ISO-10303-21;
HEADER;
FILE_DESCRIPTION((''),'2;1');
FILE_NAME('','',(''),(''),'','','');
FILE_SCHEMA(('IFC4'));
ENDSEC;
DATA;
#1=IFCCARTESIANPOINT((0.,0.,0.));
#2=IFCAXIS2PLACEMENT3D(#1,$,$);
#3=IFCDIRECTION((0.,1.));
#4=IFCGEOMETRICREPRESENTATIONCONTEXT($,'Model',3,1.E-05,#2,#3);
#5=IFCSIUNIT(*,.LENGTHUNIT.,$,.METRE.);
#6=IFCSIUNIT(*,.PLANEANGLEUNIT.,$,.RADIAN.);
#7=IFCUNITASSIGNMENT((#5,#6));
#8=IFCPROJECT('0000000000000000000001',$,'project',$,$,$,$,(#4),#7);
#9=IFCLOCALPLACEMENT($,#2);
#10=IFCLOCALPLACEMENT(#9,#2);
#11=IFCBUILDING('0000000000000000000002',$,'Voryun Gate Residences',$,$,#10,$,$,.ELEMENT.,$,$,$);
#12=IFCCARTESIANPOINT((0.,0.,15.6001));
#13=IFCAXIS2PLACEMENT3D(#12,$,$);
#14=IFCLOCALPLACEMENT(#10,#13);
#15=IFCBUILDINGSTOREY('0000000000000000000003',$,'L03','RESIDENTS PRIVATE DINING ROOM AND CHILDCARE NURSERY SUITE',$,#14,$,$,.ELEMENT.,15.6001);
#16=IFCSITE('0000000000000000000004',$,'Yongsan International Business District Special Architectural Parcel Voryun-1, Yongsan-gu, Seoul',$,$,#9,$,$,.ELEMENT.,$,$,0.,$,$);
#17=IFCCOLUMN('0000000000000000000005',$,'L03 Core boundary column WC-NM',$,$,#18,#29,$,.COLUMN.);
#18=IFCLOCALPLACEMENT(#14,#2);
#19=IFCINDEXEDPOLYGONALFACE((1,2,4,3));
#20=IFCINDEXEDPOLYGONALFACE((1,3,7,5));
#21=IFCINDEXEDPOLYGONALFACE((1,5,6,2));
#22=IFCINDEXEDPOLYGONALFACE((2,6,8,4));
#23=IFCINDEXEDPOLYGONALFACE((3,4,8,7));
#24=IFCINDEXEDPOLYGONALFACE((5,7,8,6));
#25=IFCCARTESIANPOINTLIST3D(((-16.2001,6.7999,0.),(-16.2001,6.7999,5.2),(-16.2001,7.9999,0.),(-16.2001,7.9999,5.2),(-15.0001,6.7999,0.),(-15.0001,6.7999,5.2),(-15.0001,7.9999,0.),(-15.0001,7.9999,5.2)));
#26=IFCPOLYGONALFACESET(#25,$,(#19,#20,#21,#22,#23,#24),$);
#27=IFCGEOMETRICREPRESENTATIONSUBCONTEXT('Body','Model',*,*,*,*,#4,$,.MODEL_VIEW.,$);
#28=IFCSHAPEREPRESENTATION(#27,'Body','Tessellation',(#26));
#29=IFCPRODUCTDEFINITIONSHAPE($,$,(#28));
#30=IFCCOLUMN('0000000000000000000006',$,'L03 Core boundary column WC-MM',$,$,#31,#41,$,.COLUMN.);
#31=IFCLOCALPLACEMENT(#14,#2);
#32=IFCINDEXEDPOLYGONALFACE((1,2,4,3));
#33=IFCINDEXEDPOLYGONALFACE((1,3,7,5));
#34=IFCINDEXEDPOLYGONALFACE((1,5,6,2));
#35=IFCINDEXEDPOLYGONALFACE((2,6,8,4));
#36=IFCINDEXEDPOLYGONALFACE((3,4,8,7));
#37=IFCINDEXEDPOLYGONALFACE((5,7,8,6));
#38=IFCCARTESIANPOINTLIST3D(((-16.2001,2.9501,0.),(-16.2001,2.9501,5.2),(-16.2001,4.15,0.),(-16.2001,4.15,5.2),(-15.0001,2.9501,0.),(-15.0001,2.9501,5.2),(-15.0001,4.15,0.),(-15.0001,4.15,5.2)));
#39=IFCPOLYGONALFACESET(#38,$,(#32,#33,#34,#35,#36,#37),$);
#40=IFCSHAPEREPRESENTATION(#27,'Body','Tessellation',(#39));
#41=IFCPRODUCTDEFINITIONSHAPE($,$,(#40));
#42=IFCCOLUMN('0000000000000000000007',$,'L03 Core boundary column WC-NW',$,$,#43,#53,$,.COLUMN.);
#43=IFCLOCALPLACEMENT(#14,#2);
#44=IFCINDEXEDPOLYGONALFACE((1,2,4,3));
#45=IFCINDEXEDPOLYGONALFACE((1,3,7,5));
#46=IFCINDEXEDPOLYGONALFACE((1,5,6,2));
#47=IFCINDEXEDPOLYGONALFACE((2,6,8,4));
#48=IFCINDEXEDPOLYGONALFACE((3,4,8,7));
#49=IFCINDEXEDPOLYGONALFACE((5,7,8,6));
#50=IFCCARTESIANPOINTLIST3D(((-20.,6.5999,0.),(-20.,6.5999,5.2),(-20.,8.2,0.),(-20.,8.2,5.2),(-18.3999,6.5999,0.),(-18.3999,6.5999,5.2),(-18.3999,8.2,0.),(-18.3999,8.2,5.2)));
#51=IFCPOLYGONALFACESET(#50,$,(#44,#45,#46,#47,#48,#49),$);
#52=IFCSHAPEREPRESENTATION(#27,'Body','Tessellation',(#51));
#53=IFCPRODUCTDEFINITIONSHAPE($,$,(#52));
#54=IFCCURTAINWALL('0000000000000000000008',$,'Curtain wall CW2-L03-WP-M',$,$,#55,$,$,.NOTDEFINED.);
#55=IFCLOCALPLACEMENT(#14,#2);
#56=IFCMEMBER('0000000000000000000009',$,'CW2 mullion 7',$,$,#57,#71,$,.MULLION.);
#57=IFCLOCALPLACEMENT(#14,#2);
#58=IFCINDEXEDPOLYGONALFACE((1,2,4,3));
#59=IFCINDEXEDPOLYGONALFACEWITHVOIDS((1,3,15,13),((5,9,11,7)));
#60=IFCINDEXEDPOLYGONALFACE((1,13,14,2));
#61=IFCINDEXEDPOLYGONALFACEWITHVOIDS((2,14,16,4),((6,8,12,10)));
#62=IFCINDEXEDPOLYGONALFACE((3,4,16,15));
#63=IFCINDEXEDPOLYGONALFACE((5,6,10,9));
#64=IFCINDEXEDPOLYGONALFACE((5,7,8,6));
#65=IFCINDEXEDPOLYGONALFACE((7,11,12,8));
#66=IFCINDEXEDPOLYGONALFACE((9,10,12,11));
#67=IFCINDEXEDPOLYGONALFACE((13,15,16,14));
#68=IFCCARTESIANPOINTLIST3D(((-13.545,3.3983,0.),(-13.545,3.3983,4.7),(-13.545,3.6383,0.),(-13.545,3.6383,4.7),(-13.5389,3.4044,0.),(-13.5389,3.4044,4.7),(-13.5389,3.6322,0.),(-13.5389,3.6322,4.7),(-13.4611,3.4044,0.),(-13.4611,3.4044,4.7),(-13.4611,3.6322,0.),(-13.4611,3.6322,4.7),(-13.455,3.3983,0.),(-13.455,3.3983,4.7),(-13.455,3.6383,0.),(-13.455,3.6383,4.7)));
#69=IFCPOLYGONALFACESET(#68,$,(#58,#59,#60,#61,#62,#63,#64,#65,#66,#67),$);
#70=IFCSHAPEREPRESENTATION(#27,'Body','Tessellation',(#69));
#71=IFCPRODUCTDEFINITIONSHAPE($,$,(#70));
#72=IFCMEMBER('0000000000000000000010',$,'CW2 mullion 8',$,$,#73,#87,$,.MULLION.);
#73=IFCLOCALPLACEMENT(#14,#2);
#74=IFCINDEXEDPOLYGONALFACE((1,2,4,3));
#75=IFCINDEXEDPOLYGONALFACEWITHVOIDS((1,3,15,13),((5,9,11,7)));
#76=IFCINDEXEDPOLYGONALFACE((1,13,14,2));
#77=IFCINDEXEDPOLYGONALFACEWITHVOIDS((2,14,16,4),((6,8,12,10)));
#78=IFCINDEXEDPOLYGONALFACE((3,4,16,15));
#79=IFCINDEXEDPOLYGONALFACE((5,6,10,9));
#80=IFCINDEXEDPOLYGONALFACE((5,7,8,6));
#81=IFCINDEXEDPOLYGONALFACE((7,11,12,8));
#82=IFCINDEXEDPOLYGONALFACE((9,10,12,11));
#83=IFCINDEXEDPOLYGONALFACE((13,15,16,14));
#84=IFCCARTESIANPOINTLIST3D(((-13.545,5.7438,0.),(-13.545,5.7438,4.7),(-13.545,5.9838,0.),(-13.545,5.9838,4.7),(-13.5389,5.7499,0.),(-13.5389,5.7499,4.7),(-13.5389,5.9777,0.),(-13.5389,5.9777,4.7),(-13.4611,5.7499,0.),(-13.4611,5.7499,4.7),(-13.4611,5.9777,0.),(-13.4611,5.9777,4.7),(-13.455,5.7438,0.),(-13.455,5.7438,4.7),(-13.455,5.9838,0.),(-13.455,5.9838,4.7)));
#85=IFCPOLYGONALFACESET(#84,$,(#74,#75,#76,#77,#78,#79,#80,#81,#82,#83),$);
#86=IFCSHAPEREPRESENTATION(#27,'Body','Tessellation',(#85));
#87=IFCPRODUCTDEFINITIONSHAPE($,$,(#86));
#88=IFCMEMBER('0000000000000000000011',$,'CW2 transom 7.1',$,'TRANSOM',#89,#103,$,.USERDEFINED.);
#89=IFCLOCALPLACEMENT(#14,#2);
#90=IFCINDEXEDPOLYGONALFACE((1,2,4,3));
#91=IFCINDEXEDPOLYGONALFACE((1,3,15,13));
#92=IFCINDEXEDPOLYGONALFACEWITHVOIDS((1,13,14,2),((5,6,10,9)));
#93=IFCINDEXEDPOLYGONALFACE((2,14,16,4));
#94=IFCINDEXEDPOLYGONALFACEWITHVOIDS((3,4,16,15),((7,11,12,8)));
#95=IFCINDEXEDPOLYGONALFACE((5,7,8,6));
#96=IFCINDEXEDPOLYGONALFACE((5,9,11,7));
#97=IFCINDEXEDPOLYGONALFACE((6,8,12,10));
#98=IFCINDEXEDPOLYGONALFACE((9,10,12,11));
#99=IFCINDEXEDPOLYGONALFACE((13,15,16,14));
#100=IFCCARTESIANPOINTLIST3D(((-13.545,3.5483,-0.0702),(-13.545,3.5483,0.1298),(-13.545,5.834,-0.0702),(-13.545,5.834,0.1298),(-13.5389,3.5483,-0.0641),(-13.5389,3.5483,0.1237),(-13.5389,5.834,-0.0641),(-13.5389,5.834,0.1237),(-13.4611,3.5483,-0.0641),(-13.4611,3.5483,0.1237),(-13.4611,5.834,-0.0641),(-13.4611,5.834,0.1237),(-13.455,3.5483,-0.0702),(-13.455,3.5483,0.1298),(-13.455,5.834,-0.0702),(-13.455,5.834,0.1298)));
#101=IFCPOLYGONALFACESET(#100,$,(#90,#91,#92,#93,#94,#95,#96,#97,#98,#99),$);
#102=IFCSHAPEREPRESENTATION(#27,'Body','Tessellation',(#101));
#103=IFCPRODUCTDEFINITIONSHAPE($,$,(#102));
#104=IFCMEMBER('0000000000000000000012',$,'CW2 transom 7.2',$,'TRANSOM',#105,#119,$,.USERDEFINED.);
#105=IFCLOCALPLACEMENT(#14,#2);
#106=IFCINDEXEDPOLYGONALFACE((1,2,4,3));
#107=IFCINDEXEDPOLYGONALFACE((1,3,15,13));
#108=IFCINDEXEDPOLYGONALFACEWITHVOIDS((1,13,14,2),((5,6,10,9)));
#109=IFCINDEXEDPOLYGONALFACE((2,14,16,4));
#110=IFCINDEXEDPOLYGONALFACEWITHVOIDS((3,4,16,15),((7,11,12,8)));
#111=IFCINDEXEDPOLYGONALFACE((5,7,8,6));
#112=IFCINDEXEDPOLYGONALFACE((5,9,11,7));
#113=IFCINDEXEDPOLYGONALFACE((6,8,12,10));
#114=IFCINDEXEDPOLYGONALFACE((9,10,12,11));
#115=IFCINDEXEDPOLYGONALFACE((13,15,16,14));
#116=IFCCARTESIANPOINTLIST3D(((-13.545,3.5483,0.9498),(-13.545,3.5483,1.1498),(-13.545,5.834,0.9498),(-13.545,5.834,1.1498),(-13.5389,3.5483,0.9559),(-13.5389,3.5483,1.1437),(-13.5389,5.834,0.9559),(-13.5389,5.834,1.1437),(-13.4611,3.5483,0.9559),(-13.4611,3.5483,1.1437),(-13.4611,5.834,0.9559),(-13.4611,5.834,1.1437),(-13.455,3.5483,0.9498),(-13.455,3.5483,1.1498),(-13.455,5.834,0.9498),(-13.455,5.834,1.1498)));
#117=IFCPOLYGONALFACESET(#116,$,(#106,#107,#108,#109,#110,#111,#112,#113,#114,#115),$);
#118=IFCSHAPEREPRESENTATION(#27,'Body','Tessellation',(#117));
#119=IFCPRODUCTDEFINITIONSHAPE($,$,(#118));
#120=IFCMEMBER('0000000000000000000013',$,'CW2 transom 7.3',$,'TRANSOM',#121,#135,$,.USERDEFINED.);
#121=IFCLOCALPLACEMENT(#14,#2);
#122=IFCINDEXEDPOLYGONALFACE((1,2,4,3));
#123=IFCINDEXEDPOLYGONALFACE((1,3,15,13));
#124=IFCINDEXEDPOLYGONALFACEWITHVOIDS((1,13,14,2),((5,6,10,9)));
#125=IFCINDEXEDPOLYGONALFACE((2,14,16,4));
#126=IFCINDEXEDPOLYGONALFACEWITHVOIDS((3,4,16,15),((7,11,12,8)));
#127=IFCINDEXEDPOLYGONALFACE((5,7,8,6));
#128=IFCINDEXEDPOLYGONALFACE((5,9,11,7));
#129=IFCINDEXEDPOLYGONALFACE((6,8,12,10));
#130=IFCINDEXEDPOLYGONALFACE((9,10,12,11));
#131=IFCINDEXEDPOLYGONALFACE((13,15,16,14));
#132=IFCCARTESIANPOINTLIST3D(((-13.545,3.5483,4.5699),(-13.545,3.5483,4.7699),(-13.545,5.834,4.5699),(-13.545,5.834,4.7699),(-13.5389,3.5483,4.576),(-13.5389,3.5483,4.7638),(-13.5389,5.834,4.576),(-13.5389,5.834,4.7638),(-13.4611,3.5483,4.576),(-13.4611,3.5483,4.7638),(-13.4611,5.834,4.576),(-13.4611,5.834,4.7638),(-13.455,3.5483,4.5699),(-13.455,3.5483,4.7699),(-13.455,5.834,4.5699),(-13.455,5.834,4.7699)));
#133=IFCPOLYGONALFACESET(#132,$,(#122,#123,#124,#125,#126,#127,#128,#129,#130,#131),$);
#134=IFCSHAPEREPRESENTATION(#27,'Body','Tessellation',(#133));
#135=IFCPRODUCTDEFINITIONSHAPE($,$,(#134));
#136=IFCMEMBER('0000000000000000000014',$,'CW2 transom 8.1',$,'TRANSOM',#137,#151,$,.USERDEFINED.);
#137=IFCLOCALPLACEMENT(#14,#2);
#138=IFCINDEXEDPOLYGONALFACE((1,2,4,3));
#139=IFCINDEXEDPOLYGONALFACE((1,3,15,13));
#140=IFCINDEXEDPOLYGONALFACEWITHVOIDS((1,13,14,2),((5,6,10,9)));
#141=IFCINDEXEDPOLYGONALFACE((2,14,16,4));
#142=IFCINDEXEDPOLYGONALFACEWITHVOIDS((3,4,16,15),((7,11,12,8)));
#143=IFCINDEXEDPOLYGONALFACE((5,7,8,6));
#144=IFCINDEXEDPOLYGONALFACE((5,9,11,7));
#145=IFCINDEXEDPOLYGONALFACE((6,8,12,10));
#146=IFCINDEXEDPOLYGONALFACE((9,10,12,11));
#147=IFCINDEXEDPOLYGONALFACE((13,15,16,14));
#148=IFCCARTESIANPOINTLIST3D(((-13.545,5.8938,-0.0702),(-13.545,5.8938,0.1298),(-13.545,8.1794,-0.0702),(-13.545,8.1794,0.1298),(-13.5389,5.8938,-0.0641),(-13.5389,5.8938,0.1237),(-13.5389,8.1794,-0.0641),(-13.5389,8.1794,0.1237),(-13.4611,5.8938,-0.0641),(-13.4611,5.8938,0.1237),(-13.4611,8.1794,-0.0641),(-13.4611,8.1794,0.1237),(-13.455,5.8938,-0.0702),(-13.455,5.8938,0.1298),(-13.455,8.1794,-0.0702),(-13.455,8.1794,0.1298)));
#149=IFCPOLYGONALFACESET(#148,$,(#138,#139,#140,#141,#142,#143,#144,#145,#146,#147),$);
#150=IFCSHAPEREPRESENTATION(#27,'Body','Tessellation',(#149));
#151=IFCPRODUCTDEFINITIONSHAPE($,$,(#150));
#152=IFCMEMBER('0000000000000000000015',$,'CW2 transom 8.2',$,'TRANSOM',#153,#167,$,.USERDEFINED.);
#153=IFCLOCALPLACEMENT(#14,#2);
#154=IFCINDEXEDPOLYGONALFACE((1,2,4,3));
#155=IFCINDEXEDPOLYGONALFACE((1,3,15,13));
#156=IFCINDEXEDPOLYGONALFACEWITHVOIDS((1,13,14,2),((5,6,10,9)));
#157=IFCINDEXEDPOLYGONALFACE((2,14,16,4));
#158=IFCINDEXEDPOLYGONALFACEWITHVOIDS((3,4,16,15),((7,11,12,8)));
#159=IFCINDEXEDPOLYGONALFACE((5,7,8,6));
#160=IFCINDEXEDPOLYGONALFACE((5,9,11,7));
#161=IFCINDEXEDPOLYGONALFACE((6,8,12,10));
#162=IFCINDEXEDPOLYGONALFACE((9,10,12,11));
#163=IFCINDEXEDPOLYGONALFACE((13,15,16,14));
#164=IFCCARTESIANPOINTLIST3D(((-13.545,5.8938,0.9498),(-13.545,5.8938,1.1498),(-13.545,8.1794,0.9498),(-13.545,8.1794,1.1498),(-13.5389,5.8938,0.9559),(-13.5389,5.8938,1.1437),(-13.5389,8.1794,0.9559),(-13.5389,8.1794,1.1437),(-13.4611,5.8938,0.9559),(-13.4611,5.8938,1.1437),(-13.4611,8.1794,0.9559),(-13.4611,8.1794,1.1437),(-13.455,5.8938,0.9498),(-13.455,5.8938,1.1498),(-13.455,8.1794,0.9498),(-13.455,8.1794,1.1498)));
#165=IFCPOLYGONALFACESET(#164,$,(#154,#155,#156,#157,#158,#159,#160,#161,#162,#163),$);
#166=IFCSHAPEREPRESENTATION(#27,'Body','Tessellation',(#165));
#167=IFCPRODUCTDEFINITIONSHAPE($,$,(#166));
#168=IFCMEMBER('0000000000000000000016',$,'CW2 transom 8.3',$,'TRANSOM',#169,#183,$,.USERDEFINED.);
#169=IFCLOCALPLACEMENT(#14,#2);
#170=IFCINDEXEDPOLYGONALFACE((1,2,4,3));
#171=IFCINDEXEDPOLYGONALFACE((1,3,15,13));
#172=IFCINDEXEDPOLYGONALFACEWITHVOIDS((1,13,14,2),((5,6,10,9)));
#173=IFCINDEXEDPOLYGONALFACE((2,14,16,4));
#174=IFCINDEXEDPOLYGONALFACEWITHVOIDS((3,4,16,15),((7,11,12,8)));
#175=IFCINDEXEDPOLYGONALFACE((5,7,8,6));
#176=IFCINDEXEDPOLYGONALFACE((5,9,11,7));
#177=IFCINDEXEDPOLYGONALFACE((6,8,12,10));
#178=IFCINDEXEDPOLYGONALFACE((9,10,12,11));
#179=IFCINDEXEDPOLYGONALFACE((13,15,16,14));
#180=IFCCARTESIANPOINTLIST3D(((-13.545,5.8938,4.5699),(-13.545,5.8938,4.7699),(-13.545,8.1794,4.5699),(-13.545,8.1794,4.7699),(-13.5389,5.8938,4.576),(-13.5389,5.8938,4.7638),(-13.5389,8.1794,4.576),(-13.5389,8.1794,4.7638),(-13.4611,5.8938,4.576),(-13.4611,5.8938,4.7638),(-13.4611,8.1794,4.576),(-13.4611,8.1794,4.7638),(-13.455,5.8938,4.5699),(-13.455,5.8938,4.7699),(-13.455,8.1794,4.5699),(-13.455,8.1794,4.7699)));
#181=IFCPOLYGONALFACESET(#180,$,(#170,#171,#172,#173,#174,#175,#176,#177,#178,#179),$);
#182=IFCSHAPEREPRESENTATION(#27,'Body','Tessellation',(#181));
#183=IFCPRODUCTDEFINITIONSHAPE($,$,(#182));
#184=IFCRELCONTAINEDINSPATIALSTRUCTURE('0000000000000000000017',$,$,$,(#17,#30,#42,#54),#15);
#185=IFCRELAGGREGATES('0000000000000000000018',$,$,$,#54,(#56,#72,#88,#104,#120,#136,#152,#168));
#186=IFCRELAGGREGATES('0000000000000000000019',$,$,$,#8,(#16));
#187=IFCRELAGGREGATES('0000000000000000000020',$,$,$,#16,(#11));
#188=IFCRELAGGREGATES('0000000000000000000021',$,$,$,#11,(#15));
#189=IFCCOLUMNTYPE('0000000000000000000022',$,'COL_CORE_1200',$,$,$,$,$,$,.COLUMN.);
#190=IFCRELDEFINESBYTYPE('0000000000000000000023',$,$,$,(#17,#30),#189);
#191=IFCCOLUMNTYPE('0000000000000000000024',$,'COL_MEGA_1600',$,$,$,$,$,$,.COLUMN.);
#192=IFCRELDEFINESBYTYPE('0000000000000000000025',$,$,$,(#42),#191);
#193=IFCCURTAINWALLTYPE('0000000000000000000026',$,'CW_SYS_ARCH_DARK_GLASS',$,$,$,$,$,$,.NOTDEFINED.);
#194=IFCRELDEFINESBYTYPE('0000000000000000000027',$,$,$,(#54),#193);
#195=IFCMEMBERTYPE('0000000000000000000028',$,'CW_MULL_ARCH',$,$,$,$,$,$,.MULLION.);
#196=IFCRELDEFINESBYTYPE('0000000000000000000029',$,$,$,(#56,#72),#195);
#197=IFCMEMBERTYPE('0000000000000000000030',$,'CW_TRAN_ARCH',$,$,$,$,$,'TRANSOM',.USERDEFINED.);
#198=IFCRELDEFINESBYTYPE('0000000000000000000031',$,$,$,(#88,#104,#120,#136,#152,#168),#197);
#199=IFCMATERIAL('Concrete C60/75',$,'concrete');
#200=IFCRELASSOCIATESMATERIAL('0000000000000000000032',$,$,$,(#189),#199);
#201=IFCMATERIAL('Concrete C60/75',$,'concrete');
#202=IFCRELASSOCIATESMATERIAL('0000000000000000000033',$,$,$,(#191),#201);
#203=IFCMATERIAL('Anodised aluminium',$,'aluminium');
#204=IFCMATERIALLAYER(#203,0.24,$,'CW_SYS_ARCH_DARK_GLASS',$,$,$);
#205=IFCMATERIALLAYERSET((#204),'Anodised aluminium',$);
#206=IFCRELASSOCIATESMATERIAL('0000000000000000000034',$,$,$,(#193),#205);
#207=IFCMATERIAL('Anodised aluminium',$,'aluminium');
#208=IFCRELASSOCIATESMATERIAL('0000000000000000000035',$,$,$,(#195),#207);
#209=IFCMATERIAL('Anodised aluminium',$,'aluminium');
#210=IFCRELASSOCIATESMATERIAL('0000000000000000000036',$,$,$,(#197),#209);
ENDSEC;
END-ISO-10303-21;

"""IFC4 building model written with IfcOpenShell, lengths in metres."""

from ifc_helpers import new_model, si_unit, direction, frame, origin, origin_2d, place, context, subcontext, project, spatial, rectangle, hollow_rectangle, extrude, material, layer, layer_set, material_profile, profile_set, type_object, element, aggregate, save


model = new_model("IFC4")

# Units and contexts
model_context = context("Model", 3, precision=1e-05, world=origin(), true_north=direction((0.0, 1.0)))
body_context = subcontext(model_context, "Body", "Model", "MODEL_VIEW")
ifc_project = project(units=[si_unit("LENGTHUNIT", "METRE"), si_unit("PLANEANGLEUNIT", "RADIAN")], contexts=[model_context])

# Site, building, storey
site_placement = place(None, origin())
site = spatial("IfcSite", under=ifc_project, at=site_placement, Name="Yongsan International Business District Special Architectural Parcel Voryun-1, Yongsan-gu, Seoul", CompositionType="ELEMENT", RefElevation=0.0)
building_placement = place(site_placement, origin())
building = spatial("IfcBuilding", under=site, at=building_placement, Name="Voryun Gate Residences", CompositionType="ELEMENT")
storey_placement = place(building_placement, frame((0.0, 0.0, 15.6001)))
storey = spatial("IfcBuildingStorey", under=building, at=storey_placement, Name="L03", Description="RESIDENTS PRIVATE DINING ROOM AND CHILDCARE NURSERY SUITE", CompositionType="ELEMENT", Elevation=15.6001)

# Columns
ifc_material_1 = material(Name="Concrete C60/75", Category="concrete")
ifc_material_profile_1 = material_profile(ifc_material_1, rectangle(XDim=1.2, YDim=1.2, at=origin_2d()), Name="RC-1200x1200")
ifc_profile_set_1 = profile_set([ifc_material_profile_1], Name="Concrete C60/75")
column_type_1 = type_object("IfcColumnType", Name="COL_CORE_1200", PredefinedType="COLUMN", material=ifc_profile_set_1)
for number, where, z_axis, x_axis, name in (
    (1, (-15.6001, 7.3999, 0.0), (0.0, 0.0, 1.0), (1.0, 0.0, 0.0), "L03 Core boundary column WC-NM"),
    (2, (-15.6001, 3.55, 0.0), (0.0, 0.0, 1.0), (1.0, 0.0, 0.0), "L03 Core boundary column WC-MM"),
):
    element("IfcColumn", number, at=place(storey_placement, frame(where, z_axis=z_axis, x_axis=x_axis)), inside=storey, type_object=column_type_1, Name=name, PredefinedType="COLUMN", context=body_context, shape_type="SweptSolid", body=[
        extrude(rectangle(XDim=1.2, YDim=1.2, at=origin_2d()), origin(), (0.0, 0.0, 1.0), 5.2),
    ])
ifc_material_2 = material(Name="Concrete C60/75", Category="concrete")
ifc_material_profile_2 = material_profile(ifc_material_2, rectangle(XDim=1.6001, YDim=1.6001, at=origin_2d()), Name="RC-1600x1600")
ifc_profile_set_2 = profile_set([ifc_material_profile_2], Name="Concrete C60/75")
column_type_2 = type_object("IfcColumnType", Name="COL_MEGA_1600", PredefinedType="COLUMN", material=ifc_profile_set_2)
column_placement = place(storey_placement, frame((-19.2, 7.3999, 0.0), z_axis=(0.0, 0.0, 1.0), x_axis=(1.0, 0.0, 0.0)))
element("IfcColumn", 3, at=column_placement, inside=storey, type_object=column_type_2, Name="L03 Core boundary column WC-NW", PredefinedType="COLUMN", context=body_context, shape_type="SweptSolid", body=[
    extrude(rectangle(XDim=1.6001, YDim=1.6001, at=origin_2d()), origin(), (0.0, 0.0, 1.0), 5.2),
])

# Curtain wall, members
ifc_material_3 = material(Name="Anodised aluminium", Category="aluminium")
ifc_layer_1 = layer(ifc_material_3, 0.24, Name="CW_SYS_ARCH_DARK_GLASS")
ifc_layer_set_1 = layer_set([ifc_layer_1], Name="Anodised aluminium")
curtain_wall_type = type_object("IfcCurtainWallType", Name="CW_SYS_ARCH_DARK_GLASS", PredefinedType="NOTDEFINED", material=ifc_layer_set_1)
curtain_wall_placement = place(storey_placement, origin())
curtain_wall = element("IfcCurtainWall", 4, at=curtain_wall_placement, inside=storey, type_object=curtain_wall_type, Name="Curtain wall CW2-L03-WP-M", PredefinedType="NOTDEFINED")
ifc_material_4 = material(Name="Anodised aluminium", Category="aluminium")
ifc_material_profile_3 = material_profile(ifc_material_4, hollow_rectangle(XDim=0.0901, YDim=0.24, WallThickness=0.0061, at=origin_2d()), Name="ALU-MULL-240x90x6")
ifc_profile_set_3 = profile_set([ifc_material_profile_3], Name="Anodised aluminium")
member_type_1 = type_object("IfcMemberType", Name="CW_MULL_ARCH", PredefinedType="MULLION", material=ifc_profile_set_3)
member_1_placement = place(storey_placement, frame((-13.5, 3.5183, 0.0), z_axis=(0.0, 0.0, 1.0), x_axis=(-1.0, 0.0, 0.0)))
member_1 = element("IfcMember", 5, at=member_1_placement, type_object=member_type_1, Name="CW2 mullion 7", PredefinedType="MULLION", context=body_context, shape_type="SweptSolid", body=[
    extrude(hollow_rectangle(XDim=0.0901, YDim=0.24, WallThickness=0.0061, at=origin_2d()), origin(), (0.0, 0.0, 1.0), 4.7),
])
member_2_placement = place(storey_placement, frame((-13.5, 5.8638, 0.0), z_axis=(0.0, 0.0, 1.0), x_axis=(-1.0, 0.0, 0.0)))
member_2 = element("IfcMember", 6, at=member_2_placement, type_object=member_type_1, Name="CW2 mullion 8", PredefinedType="MULLION", context=body_context, shape_type="SweptSolid", body=[
    extrude(hollow_rectangle(XDim=0.0901, YDim=0.24, WallThickness=0.0061, at=origin_2d()), origin(), (0.0, 0.0, 1.0), 4.7),
])
ifc_material_5 = material(Name="Anodised aluminium", Category="aluminium")
ifc_material_profile_4 = material_profile(ifc_material_5, hollow_rectangle(XDim=0.0901, YDim=0.2, WallThickness=0.0061, at=origin_2d()), Name="ALU-TRAN-200x90x6")
ifc_profile_set_4 = profile_set([ifc_material_profile_4], Name="Anodised aluminium")
member_type_2 = type_object("IfcMemberType", Name="CW_TRAN_ARCH", ElementType="TRANSOM", PredefinedType="USERDEFINED", material=ifc_profile_set_4)
member_3_placement = place(storey_placement, frame((-13.5, 3.5483, 0.0298), z_axis=(0.0, 1.0, 0.0), x_axis=(-1.0, 0.0, 0.0)))
member_3 = element("IfcMember", 7, at=member_3_placement, type_object=member_type_2, Name="CW2 transom 7.1", ObjectType="TRANSOM", PredefinedType="USERDEFINED", context=body_context, shape_type="SweptSolid", body=[
    extrude(hollow_rectangle(XDim=0.0901, YDim=0.2, WallThickness=0.0061, at=origin_2d()), origin(), (0.0, 0.0, 1.0), 2.2856),
])
member_4_placement = place(storey_placement, frame((-13.5, 3.5483, 1.0498), z_axis=(0.0, 1.0, 0.0), x_axis=(-1.0, 0.0, 0.0)))
member_4 = element("IfcMember", 8, at=member_4_placement, type_object=member_type_2, Name="CW2 transom 7.2", ObjectType="TRANSOM", PredefinedType="USERDEFINED", context=body_context, shape_type="SweptSolid", body=[
    extrude(hollow_rectangle(XDim=0.0901, YDim=0.2, WallThickness=0.0061, at=origin_2d()), origin(), (0.0, 0.0, 1.0), 2.2856),
])
member_5_placement = place(storey_placement, frame((-13.5, 3.5483, 4.6699), z_axis=(0.0, 1.0, 0.0), x_axis=(-1.0, 0.0, 0.0)))
member_5 = element("IfcMember", 9, at=member_5_placement, type_object=member_type_2, Name="CW2 transom 7.3", ObjectType="TRANSOM", PredefinedType="USERDEFINED", context=body_context, shape_type="SweptSolid", body=[
    extrude(hollow_rectangle(XDim=0.0901, YDim=0.2, WallThickness=0.0061, at=origin_2d()), origin(), (0.0, 0.0, 1.0), 2.2856),
])
member_6_placement = place(storey_placement, frame((-13.5, 5.8938, 0.0298), z_axis=(0.0, 1.0, 0.0), x_axis=(-1.0, 0.0, 0.0)))
member_6 = element("IfcMember", 10, at=member_6_placement, type_object=member_type_2, Name="CW2 transom 8.1", ObjectType="TRANSOM", PredefinedType="USERDEFINED", context=body_context, shape_type="SweptSolid", body=[
    extrude(hollow_rectangle(XDim=0.0901, YDim=0.2, WallThickness=0.0061, at=origin_2d()), origin(), (0.0, 0.0, 1.0), 2.2856),
])
member_7_placement = place(storey_placement, frame((-13.5, 5.8938, 1.0498), z_axis=(0.0, 1.0, 0.0), x_axis=(-1.0, 0.0, 0.0)))
member_7 = element("IfcMember", 11, at=member_7_placement, type_object=member_type_2, Name="CW2 transom 8.2", ObjectType="TRANSOM", PredefinedType="USERDEFINED", context=body_context, shape_type="SweptSolid", body=[
    extrude(hollow_rectangle(XDim=0.0901, YDim=0.2, WallThickness=0.0061, at=origin_2d()), origin(), (0.0, 0.0, 1.0), 2.2856),
])
member_8_placement = place(storey_placement, frame((-13.5, 5.8938, 4.6699), z_axis=(0.0, 1.0, 0.0), x_axis=(-1.0, 0.0, 0.0)))
member_8 = element("IfcMember", 12, at=member_8_placement, type_object=member_type_2, Name="CW2 transom 8.3", ObjectType="TRANSOM", PredefinedType="USERDEFINED", context=body_context, shape_type="SweptSolid", body=[
    extrude(hollow_rectangle(XDim=0.0901, YDim=0.2, WallThickness=0.0061, at=origin_2d()), origin(), (0.0, 0.0, 1.0), 2.2856),
])
aggregate(curtain_wall, [member_1, member_2, member_3, member_4, member_5, member_6, member_7, member_8])

save(model, "model.ifc")
